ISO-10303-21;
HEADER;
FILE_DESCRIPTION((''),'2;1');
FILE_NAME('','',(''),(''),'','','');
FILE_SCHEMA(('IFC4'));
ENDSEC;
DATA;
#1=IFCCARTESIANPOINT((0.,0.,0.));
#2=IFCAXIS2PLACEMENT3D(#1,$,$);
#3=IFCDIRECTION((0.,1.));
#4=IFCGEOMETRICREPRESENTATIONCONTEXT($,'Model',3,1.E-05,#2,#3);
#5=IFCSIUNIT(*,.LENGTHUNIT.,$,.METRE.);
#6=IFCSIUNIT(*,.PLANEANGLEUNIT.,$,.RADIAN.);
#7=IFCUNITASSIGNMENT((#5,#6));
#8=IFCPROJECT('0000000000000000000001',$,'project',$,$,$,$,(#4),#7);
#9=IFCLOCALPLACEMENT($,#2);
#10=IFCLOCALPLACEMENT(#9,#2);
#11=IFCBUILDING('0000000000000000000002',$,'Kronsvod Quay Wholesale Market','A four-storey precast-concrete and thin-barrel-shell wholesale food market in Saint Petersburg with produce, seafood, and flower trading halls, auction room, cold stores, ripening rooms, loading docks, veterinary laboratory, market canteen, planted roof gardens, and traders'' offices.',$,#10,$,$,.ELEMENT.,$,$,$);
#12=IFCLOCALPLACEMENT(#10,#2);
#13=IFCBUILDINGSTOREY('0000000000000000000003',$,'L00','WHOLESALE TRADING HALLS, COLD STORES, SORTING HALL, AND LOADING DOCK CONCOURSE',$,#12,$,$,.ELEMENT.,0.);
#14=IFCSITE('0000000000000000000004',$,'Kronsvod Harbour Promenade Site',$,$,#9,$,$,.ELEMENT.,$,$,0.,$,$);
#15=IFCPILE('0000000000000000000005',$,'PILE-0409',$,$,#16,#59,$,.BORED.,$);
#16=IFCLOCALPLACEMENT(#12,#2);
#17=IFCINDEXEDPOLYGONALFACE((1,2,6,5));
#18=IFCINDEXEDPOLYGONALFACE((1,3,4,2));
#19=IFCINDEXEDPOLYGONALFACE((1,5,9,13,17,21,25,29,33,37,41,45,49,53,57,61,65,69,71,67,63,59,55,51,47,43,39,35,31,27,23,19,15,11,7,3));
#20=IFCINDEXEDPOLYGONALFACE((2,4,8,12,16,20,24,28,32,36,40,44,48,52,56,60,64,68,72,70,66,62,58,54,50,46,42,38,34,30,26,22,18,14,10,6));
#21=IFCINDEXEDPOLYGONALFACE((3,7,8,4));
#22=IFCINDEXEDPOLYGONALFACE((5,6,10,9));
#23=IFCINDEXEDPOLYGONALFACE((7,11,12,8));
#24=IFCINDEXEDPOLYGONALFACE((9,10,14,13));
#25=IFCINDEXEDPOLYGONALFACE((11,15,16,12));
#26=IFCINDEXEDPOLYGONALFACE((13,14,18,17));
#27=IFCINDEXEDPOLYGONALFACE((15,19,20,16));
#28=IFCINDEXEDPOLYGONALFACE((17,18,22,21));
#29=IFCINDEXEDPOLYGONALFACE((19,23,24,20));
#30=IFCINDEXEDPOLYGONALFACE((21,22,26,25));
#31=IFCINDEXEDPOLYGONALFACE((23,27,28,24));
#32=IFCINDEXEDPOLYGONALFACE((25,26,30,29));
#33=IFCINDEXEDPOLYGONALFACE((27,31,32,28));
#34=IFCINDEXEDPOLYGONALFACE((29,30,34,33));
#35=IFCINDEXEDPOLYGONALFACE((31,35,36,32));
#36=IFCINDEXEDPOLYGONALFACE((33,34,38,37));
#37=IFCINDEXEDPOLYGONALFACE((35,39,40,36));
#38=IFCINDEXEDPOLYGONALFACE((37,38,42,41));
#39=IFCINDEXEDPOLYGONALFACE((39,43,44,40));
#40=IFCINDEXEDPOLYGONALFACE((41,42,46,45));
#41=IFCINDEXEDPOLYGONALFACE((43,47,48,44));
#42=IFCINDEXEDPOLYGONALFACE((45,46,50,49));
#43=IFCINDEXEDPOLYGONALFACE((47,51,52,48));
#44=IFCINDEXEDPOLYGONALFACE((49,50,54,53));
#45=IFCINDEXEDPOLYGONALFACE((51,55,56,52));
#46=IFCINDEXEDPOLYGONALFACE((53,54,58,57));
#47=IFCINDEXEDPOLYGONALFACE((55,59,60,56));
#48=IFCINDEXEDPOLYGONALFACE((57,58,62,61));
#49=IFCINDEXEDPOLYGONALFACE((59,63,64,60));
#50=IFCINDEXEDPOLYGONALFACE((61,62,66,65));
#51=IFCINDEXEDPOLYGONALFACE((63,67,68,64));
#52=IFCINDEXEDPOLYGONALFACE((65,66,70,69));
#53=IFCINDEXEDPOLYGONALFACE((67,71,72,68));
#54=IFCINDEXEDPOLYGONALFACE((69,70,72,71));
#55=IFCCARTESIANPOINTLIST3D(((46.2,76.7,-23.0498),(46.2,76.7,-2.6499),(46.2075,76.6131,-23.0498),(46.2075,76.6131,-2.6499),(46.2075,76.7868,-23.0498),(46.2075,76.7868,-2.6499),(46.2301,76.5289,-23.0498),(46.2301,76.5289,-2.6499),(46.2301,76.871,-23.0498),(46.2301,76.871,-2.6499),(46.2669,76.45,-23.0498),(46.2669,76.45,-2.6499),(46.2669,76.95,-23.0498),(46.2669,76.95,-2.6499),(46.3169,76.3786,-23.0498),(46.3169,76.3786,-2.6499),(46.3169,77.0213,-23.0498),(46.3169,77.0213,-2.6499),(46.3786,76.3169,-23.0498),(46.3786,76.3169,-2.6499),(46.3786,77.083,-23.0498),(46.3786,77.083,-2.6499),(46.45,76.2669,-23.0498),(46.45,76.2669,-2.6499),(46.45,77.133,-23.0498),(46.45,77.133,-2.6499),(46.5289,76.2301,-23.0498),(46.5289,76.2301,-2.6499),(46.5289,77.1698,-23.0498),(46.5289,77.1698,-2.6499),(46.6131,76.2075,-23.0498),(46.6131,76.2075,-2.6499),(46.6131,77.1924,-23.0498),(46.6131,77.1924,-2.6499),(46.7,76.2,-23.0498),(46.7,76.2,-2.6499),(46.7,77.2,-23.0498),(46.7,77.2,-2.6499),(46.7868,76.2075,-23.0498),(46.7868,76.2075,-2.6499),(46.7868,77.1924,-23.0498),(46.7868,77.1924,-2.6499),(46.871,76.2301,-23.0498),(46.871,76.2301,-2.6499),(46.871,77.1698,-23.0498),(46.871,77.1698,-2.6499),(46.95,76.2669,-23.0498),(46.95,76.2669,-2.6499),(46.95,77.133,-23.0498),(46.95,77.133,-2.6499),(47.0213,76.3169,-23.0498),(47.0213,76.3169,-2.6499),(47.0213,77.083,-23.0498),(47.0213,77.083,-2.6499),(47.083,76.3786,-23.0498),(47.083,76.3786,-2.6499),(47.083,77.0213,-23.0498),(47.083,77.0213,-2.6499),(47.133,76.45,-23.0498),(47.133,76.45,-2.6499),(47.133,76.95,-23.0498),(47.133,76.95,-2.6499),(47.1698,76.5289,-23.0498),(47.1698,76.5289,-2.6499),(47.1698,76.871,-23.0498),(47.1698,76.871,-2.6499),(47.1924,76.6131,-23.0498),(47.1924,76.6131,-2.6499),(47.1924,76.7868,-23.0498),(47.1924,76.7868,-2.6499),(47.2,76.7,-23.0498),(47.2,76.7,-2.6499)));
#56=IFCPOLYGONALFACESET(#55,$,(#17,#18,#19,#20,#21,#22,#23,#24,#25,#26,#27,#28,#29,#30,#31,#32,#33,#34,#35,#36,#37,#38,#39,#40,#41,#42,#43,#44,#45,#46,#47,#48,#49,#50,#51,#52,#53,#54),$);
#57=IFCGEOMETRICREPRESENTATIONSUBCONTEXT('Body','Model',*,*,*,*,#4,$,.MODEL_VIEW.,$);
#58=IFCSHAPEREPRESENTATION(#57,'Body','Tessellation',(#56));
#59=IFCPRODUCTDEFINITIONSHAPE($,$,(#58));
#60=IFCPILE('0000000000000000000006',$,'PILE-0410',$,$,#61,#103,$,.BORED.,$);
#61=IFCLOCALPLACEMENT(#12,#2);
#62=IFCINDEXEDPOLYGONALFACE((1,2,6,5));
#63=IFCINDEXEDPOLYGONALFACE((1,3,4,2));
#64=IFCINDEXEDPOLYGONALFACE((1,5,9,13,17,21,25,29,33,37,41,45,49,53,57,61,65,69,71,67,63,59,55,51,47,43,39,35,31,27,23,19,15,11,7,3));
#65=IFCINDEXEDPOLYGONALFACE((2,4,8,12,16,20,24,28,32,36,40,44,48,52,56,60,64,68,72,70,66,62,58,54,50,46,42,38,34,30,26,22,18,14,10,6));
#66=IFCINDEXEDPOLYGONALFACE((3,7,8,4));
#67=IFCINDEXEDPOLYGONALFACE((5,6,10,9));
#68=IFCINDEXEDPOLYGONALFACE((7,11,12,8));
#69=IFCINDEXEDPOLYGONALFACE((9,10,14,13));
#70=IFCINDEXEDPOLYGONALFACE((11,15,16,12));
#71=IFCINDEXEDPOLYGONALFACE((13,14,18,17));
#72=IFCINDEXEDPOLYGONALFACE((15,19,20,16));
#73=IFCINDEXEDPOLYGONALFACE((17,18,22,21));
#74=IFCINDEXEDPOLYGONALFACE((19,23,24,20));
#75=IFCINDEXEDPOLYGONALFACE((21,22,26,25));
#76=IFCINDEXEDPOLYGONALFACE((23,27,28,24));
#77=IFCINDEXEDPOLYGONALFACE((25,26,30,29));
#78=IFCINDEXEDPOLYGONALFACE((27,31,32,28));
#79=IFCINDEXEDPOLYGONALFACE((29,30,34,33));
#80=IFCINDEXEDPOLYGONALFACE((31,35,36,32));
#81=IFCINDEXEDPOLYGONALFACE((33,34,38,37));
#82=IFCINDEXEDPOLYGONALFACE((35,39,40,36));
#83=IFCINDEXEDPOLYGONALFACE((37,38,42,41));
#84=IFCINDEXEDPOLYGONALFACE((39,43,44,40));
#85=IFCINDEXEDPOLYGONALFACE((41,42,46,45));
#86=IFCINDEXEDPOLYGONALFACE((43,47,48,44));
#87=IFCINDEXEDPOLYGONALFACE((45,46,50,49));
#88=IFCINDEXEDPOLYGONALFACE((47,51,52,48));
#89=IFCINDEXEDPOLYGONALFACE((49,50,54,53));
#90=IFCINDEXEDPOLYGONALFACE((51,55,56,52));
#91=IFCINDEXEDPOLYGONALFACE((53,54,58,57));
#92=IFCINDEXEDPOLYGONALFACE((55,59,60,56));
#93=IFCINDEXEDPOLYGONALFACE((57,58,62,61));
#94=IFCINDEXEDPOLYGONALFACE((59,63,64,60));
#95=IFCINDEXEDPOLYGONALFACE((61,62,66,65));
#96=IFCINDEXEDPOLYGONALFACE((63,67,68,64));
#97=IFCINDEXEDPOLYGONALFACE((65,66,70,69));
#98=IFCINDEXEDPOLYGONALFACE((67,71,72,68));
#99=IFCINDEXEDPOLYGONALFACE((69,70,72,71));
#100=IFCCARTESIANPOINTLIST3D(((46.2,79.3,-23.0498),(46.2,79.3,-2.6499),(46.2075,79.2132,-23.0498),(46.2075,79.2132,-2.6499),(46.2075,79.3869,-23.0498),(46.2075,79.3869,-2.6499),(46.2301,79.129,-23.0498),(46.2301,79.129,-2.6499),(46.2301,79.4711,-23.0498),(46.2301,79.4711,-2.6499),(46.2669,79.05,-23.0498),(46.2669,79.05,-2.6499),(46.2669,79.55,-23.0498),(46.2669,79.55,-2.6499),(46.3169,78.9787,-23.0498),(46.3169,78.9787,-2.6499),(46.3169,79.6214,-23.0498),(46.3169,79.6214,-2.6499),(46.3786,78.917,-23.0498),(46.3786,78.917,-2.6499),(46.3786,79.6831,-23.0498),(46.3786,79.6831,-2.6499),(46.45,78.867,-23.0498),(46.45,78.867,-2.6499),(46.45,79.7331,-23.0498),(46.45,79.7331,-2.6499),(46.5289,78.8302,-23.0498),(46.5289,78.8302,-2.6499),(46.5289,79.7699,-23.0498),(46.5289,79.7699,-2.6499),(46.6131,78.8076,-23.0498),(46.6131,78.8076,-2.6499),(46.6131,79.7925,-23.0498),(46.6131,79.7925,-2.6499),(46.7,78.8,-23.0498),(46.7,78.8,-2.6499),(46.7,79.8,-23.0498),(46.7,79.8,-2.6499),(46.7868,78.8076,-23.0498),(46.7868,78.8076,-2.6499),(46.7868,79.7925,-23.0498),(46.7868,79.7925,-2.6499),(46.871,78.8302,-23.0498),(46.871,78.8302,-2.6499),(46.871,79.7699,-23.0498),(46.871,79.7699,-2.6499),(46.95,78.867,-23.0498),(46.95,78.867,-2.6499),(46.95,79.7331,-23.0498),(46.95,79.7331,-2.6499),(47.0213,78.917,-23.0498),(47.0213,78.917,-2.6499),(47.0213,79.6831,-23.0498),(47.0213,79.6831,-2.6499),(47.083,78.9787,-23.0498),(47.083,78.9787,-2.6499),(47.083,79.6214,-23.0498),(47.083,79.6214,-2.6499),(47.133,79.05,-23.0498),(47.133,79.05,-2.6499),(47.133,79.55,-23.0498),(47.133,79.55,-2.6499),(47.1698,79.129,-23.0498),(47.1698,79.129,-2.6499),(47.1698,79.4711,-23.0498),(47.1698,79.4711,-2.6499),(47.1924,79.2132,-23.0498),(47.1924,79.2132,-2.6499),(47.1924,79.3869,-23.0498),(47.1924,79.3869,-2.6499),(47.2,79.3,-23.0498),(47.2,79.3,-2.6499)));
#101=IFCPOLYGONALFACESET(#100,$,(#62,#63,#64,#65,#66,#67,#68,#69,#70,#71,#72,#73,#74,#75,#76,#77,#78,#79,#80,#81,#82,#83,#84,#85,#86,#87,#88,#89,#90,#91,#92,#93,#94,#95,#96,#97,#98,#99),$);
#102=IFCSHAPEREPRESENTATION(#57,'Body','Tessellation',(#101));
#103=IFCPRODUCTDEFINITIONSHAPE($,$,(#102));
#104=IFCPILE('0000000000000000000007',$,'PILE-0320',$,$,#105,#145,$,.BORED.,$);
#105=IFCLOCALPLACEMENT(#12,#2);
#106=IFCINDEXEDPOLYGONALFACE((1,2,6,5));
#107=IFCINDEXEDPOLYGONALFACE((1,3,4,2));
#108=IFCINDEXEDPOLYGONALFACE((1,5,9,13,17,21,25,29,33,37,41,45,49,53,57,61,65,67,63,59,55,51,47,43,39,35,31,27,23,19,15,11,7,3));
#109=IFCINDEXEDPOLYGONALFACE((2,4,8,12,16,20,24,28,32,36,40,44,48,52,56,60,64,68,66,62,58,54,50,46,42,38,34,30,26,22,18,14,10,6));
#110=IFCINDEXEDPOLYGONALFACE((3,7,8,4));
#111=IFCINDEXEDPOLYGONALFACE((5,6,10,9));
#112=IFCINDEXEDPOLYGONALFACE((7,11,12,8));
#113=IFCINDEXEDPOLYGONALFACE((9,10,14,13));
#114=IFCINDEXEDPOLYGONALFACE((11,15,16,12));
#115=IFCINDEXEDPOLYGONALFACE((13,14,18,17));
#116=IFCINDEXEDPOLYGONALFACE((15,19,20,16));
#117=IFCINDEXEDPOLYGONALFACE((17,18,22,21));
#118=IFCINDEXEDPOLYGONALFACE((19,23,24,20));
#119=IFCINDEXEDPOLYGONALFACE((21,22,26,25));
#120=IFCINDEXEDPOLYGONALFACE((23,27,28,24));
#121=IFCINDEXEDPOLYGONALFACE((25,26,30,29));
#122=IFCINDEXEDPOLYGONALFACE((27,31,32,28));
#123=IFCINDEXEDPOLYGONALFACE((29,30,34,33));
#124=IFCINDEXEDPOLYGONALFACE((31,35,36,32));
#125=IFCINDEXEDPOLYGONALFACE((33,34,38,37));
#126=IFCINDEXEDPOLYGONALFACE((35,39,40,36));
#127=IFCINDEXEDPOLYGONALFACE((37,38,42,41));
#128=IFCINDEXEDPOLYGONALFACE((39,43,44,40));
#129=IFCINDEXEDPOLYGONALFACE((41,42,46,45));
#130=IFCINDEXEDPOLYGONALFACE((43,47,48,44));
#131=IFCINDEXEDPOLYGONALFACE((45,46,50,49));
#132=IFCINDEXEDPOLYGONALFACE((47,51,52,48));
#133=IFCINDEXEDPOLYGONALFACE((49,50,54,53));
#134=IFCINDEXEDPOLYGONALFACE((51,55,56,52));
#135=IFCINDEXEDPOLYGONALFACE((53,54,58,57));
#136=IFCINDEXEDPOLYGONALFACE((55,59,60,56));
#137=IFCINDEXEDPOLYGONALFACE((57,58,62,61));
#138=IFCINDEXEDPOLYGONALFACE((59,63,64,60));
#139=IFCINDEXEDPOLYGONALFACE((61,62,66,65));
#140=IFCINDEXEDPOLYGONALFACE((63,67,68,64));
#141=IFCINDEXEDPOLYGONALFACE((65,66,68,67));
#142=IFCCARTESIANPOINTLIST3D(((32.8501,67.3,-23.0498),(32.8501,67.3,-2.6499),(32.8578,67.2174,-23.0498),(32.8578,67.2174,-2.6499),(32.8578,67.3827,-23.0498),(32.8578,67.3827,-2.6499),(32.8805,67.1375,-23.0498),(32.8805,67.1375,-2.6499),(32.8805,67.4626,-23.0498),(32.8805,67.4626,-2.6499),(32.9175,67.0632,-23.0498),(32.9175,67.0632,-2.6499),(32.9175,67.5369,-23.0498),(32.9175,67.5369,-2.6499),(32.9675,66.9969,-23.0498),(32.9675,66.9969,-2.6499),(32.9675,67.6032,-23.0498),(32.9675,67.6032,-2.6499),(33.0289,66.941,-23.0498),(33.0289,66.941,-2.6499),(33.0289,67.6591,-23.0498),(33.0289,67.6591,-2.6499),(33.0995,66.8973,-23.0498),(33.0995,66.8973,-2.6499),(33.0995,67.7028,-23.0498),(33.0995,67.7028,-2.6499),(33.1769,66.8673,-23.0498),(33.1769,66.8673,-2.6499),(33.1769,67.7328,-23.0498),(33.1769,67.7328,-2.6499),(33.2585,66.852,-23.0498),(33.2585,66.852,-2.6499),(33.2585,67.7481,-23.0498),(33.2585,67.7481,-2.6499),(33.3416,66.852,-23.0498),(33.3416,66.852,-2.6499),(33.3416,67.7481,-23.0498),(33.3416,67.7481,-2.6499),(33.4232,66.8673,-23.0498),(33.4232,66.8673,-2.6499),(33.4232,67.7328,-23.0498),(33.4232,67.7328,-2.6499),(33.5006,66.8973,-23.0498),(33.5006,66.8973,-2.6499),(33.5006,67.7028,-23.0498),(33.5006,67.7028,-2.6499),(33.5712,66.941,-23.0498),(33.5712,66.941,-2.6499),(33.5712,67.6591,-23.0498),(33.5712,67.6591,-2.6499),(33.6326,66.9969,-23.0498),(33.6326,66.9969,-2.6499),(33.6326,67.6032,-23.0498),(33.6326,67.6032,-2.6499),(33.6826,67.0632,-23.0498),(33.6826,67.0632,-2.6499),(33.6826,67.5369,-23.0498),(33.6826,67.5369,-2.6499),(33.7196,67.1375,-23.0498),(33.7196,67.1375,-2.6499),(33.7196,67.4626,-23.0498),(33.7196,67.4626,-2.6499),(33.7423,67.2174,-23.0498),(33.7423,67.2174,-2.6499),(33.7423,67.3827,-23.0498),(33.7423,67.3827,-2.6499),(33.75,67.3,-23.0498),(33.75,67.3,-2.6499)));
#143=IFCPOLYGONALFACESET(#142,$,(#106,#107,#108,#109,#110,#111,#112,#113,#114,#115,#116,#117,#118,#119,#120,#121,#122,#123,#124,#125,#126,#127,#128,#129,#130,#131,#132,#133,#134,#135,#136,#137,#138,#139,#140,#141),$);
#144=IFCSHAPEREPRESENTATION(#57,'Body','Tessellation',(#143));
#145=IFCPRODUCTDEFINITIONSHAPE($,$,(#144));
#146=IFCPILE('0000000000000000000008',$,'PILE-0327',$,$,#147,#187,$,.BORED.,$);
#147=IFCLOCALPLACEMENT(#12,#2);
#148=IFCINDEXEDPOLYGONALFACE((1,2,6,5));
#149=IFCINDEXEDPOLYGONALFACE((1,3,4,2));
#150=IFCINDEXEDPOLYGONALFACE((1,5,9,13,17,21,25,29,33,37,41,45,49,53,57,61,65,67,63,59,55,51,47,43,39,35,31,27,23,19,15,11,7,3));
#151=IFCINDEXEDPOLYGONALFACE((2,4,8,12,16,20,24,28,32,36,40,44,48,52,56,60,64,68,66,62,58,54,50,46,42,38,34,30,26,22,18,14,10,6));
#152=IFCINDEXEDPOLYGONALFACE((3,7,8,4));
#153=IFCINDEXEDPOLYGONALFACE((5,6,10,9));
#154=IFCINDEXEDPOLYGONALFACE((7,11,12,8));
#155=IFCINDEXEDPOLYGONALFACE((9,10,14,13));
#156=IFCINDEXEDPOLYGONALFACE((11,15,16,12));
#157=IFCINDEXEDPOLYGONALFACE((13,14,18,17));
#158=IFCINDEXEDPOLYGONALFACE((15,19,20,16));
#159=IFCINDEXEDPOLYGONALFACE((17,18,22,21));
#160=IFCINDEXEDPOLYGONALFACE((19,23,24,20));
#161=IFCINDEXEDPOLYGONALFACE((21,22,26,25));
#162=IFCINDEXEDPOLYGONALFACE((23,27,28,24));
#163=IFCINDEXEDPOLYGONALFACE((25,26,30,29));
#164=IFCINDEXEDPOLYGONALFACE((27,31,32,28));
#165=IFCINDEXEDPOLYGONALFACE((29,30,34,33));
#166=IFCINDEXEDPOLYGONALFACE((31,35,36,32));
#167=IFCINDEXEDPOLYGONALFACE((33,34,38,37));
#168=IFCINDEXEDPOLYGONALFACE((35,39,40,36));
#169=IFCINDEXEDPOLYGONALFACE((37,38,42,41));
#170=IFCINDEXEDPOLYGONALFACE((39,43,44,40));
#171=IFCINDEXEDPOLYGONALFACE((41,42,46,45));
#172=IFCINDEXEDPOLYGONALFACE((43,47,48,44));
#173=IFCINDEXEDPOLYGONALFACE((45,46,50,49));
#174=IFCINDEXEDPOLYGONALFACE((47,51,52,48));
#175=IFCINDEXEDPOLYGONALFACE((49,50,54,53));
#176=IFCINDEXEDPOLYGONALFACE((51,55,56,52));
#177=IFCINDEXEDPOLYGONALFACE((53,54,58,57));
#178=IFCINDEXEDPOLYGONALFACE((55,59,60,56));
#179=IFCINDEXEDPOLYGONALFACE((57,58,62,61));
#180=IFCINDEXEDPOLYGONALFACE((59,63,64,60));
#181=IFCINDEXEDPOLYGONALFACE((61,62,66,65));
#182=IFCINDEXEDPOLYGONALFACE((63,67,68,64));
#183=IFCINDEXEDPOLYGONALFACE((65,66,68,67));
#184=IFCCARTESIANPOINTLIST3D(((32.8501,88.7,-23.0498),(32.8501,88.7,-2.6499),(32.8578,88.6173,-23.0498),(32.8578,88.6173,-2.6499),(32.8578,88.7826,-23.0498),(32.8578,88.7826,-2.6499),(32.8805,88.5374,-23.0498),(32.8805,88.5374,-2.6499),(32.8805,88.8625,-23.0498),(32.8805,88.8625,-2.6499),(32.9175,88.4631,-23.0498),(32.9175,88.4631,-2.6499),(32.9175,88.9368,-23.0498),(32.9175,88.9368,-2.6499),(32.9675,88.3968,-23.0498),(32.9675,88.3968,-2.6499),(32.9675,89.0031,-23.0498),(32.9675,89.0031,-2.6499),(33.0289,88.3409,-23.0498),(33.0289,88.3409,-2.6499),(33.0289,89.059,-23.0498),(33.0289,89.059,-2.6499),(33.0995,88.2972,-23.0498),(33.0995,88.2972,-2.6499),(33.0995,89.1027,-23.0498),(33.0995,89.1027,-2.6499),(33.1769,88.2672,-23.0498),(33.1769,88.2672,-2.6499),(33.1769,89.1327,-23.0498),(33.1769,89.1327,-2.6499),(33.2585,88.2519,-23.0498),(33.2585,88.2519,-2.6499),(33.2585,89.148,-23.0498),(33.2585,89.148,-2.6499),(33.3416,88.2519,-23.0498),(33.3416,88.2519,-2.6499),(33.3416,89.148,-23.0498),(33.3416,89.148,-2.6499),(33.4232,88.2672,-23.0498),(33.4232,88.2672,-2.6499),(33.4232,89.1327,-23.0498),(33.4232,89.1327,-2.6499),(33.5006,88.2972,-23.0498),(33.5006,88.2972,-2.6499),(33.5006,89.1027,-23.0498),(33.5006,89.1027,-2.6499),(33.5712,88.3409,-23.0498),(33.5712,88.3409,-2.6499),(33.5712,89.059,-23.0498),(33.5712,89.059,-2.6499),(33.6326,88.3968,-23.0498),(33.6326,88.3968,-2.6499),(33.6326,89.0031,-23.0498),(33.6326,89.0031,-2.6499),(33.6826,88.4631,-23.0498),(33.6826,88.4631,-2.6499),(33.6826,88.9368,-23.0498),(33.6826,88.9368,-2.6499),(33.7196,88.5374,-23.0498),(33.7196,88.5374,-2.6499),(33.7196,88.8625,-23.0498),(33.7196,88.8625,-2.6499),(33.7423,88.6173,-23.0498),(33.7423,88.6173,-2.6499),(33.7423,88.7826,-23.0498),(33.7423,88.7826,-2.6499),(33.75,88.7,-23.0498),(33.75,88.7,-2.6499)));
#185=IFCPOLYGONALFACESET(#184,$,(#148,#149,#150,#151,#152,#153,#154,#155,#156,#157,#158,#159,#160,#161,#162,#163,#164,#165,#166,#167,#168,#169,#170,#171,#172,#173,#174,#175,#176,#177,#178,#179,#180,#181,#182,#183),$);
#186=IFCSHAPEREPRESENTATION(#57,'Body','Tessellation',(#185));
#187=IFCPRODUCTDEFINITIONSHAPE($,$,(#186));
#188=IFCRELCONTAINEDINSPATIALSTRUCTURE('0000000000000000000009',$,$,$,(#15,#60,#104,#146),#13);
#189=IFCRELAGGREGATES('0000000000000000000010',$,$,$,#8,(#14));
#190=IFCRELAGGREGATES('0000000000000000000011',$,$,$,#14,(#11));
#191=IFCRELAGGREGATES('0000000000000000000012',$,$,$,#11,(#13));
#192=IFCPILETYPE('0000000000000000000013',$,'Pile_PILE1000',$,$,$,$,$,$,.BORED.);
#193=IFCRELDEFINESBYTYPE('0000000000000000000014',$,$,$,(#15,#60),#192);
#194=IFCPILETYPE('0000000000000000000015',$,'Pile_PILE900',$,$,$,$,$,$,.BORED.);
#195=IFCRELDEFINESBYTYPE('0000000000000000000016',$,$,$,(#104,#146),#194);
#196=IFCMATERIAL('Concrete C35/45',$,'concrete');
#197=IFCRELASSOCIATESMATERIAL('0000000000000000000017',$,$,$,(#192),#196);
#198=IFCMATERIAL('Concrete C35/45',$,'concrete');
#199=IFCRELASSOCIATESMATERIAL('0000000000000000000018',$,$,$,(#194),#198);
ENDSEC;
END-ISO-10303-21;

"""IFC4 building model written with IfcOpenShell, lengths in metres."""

from ifc_helpers import new_model, si_unit, direction, frame, origin, origin_2d, place, context, subcontext, project, spatial, circle, extrude, material, material_profile, profile_set, type_object, element, save


model = new_model("IFC4")

# Units and contexts
model_context = context("Model", 3, precision=1e-05, world=origin(), true_north=direction((0.0, 1.0)))
body_context = subcontext(model_context, "Body", "Model", "MODEL_VIEW")
ifc_project = project(units=[si_unit("LENGTHUNIT", "METRE"), si_unit("PLANEANGLEUNIT", "RADIAN")], contexts=[model_context])

# Site, building, storey
site_placement = place(None, origin())
site = spatial("IfcSite", under=ifc_project, at=site_placement, Name="Kronsvod Harbour Promenade Site", CompositionType="ELEMENT", RefElevation=0.0)
building_placement = place(site_placement, origin())
building = spatial("IfcBuilding", under=site, at=building_placement, Name="Kronsvod Quay Wholesale Market", Description="A four-storey precast-concrete and thin-barrel-shell wholesale food market in Saint Petersburg with produce, seafood, and flower trading halls, auction room, cold stores, ripening rooms, loading docks, veterinary laboratory, market canteen, planted roof gardens, and traders' offices.", CompositionType="ELEMENT")
storey_placement = place(building_placement, origin())
storey = spatial("IfcBuildingStorey", under=building, at=storey_placement, Name="L00", Description="WHOLESALE TRADING HALLS, COLD STORES, SORTING HALL, AND LOADING DOCK CONCOURSE", CompositionType="ELEMENT", Elevation=0.0)

# Piles
ifc_material_1 = material(Name="Concrete C35/45", Category="concrete")
ifc_material_profile_1 = material_profile(ifc_material_1, circle(Radius=0.5, at=origin_2d()), Name="PILE1000")
ifc_profile_set_1 = profile_set([ifc_material_profile_1], Name="Concrete C35/45")
pile_type_1 = type_object("IfcPileType", Name="Pile_PILE1000", PredefinedType="BORED", material=ifc_profile_set_1)
for number, where, z_axis, x_axis, name in (
    (1, (46.7, 76.7, -2.6499), (0.0, 0.0, -1.0), (1.0, 0.0, 0.0), "PILE-0409"),
    (2, (46.7, 79.3, -2.6499), (0.0, 0.0, -1.0), (1.0, 0.0, 0.0), "PILE-0410"),
):
    element("IfcPile", number, at=place(storey_placement, frame(where, z_axis=z_axis, x_axis=x_axis)), inside=storey, type_object=pile_type_1, Name=name, PredefinedType="BORED", context=body_context, shape_type="SweptSolid", body=[
        extrude(circle(Radius=0.5, at=origin_2d()), origin(), (0.0, 0.0, 1.0), 20.3999),
    ])
ifc_material_2 = material(Name="Concrete C35/45", Category="concrete")
ifc_material_profile_2 = material_profile(ifc_material_2, circle(Radius=0.45, at=origin_2d()), Name="PILE900")
ifc_profile_set_2 = profile_set([ifc_material_profile_2], Name="Concrete C35/45")
pile_type_2 = type_object("IfcPileType", Name="Pile_PILE900", PredefinedType="BORED", material=ifc_profile_set_2)
for number, where, z_axis, x_axis, name in (
    (3, (33.3, 67.3, -2.6499), (0.0, 0.0, -1.0), (1.0, 0.0, 0.0), "PILE-0320"),
    (4, (33.3, 88.7, -2.6499), (0.0, 0.0, -1.0), (1.0, 0.0, 0.0), "PILE-0327"),
):
    element("IfcPile", number, at=place(storey_placement, frame(where, z_axis=z_axis, x_axis=x_axis)), inside=storey, type_object=pile_type_2, Name=name, PredefinedType="BORED", context=body_context, shape_type="SweptSolid", body=[
        extrude(circle(Radius=0.45, at=origin_2d()), origin(), (0.0, 0.0, 1.0), 20.3999),
    ])

save(model, "model.ifc")
